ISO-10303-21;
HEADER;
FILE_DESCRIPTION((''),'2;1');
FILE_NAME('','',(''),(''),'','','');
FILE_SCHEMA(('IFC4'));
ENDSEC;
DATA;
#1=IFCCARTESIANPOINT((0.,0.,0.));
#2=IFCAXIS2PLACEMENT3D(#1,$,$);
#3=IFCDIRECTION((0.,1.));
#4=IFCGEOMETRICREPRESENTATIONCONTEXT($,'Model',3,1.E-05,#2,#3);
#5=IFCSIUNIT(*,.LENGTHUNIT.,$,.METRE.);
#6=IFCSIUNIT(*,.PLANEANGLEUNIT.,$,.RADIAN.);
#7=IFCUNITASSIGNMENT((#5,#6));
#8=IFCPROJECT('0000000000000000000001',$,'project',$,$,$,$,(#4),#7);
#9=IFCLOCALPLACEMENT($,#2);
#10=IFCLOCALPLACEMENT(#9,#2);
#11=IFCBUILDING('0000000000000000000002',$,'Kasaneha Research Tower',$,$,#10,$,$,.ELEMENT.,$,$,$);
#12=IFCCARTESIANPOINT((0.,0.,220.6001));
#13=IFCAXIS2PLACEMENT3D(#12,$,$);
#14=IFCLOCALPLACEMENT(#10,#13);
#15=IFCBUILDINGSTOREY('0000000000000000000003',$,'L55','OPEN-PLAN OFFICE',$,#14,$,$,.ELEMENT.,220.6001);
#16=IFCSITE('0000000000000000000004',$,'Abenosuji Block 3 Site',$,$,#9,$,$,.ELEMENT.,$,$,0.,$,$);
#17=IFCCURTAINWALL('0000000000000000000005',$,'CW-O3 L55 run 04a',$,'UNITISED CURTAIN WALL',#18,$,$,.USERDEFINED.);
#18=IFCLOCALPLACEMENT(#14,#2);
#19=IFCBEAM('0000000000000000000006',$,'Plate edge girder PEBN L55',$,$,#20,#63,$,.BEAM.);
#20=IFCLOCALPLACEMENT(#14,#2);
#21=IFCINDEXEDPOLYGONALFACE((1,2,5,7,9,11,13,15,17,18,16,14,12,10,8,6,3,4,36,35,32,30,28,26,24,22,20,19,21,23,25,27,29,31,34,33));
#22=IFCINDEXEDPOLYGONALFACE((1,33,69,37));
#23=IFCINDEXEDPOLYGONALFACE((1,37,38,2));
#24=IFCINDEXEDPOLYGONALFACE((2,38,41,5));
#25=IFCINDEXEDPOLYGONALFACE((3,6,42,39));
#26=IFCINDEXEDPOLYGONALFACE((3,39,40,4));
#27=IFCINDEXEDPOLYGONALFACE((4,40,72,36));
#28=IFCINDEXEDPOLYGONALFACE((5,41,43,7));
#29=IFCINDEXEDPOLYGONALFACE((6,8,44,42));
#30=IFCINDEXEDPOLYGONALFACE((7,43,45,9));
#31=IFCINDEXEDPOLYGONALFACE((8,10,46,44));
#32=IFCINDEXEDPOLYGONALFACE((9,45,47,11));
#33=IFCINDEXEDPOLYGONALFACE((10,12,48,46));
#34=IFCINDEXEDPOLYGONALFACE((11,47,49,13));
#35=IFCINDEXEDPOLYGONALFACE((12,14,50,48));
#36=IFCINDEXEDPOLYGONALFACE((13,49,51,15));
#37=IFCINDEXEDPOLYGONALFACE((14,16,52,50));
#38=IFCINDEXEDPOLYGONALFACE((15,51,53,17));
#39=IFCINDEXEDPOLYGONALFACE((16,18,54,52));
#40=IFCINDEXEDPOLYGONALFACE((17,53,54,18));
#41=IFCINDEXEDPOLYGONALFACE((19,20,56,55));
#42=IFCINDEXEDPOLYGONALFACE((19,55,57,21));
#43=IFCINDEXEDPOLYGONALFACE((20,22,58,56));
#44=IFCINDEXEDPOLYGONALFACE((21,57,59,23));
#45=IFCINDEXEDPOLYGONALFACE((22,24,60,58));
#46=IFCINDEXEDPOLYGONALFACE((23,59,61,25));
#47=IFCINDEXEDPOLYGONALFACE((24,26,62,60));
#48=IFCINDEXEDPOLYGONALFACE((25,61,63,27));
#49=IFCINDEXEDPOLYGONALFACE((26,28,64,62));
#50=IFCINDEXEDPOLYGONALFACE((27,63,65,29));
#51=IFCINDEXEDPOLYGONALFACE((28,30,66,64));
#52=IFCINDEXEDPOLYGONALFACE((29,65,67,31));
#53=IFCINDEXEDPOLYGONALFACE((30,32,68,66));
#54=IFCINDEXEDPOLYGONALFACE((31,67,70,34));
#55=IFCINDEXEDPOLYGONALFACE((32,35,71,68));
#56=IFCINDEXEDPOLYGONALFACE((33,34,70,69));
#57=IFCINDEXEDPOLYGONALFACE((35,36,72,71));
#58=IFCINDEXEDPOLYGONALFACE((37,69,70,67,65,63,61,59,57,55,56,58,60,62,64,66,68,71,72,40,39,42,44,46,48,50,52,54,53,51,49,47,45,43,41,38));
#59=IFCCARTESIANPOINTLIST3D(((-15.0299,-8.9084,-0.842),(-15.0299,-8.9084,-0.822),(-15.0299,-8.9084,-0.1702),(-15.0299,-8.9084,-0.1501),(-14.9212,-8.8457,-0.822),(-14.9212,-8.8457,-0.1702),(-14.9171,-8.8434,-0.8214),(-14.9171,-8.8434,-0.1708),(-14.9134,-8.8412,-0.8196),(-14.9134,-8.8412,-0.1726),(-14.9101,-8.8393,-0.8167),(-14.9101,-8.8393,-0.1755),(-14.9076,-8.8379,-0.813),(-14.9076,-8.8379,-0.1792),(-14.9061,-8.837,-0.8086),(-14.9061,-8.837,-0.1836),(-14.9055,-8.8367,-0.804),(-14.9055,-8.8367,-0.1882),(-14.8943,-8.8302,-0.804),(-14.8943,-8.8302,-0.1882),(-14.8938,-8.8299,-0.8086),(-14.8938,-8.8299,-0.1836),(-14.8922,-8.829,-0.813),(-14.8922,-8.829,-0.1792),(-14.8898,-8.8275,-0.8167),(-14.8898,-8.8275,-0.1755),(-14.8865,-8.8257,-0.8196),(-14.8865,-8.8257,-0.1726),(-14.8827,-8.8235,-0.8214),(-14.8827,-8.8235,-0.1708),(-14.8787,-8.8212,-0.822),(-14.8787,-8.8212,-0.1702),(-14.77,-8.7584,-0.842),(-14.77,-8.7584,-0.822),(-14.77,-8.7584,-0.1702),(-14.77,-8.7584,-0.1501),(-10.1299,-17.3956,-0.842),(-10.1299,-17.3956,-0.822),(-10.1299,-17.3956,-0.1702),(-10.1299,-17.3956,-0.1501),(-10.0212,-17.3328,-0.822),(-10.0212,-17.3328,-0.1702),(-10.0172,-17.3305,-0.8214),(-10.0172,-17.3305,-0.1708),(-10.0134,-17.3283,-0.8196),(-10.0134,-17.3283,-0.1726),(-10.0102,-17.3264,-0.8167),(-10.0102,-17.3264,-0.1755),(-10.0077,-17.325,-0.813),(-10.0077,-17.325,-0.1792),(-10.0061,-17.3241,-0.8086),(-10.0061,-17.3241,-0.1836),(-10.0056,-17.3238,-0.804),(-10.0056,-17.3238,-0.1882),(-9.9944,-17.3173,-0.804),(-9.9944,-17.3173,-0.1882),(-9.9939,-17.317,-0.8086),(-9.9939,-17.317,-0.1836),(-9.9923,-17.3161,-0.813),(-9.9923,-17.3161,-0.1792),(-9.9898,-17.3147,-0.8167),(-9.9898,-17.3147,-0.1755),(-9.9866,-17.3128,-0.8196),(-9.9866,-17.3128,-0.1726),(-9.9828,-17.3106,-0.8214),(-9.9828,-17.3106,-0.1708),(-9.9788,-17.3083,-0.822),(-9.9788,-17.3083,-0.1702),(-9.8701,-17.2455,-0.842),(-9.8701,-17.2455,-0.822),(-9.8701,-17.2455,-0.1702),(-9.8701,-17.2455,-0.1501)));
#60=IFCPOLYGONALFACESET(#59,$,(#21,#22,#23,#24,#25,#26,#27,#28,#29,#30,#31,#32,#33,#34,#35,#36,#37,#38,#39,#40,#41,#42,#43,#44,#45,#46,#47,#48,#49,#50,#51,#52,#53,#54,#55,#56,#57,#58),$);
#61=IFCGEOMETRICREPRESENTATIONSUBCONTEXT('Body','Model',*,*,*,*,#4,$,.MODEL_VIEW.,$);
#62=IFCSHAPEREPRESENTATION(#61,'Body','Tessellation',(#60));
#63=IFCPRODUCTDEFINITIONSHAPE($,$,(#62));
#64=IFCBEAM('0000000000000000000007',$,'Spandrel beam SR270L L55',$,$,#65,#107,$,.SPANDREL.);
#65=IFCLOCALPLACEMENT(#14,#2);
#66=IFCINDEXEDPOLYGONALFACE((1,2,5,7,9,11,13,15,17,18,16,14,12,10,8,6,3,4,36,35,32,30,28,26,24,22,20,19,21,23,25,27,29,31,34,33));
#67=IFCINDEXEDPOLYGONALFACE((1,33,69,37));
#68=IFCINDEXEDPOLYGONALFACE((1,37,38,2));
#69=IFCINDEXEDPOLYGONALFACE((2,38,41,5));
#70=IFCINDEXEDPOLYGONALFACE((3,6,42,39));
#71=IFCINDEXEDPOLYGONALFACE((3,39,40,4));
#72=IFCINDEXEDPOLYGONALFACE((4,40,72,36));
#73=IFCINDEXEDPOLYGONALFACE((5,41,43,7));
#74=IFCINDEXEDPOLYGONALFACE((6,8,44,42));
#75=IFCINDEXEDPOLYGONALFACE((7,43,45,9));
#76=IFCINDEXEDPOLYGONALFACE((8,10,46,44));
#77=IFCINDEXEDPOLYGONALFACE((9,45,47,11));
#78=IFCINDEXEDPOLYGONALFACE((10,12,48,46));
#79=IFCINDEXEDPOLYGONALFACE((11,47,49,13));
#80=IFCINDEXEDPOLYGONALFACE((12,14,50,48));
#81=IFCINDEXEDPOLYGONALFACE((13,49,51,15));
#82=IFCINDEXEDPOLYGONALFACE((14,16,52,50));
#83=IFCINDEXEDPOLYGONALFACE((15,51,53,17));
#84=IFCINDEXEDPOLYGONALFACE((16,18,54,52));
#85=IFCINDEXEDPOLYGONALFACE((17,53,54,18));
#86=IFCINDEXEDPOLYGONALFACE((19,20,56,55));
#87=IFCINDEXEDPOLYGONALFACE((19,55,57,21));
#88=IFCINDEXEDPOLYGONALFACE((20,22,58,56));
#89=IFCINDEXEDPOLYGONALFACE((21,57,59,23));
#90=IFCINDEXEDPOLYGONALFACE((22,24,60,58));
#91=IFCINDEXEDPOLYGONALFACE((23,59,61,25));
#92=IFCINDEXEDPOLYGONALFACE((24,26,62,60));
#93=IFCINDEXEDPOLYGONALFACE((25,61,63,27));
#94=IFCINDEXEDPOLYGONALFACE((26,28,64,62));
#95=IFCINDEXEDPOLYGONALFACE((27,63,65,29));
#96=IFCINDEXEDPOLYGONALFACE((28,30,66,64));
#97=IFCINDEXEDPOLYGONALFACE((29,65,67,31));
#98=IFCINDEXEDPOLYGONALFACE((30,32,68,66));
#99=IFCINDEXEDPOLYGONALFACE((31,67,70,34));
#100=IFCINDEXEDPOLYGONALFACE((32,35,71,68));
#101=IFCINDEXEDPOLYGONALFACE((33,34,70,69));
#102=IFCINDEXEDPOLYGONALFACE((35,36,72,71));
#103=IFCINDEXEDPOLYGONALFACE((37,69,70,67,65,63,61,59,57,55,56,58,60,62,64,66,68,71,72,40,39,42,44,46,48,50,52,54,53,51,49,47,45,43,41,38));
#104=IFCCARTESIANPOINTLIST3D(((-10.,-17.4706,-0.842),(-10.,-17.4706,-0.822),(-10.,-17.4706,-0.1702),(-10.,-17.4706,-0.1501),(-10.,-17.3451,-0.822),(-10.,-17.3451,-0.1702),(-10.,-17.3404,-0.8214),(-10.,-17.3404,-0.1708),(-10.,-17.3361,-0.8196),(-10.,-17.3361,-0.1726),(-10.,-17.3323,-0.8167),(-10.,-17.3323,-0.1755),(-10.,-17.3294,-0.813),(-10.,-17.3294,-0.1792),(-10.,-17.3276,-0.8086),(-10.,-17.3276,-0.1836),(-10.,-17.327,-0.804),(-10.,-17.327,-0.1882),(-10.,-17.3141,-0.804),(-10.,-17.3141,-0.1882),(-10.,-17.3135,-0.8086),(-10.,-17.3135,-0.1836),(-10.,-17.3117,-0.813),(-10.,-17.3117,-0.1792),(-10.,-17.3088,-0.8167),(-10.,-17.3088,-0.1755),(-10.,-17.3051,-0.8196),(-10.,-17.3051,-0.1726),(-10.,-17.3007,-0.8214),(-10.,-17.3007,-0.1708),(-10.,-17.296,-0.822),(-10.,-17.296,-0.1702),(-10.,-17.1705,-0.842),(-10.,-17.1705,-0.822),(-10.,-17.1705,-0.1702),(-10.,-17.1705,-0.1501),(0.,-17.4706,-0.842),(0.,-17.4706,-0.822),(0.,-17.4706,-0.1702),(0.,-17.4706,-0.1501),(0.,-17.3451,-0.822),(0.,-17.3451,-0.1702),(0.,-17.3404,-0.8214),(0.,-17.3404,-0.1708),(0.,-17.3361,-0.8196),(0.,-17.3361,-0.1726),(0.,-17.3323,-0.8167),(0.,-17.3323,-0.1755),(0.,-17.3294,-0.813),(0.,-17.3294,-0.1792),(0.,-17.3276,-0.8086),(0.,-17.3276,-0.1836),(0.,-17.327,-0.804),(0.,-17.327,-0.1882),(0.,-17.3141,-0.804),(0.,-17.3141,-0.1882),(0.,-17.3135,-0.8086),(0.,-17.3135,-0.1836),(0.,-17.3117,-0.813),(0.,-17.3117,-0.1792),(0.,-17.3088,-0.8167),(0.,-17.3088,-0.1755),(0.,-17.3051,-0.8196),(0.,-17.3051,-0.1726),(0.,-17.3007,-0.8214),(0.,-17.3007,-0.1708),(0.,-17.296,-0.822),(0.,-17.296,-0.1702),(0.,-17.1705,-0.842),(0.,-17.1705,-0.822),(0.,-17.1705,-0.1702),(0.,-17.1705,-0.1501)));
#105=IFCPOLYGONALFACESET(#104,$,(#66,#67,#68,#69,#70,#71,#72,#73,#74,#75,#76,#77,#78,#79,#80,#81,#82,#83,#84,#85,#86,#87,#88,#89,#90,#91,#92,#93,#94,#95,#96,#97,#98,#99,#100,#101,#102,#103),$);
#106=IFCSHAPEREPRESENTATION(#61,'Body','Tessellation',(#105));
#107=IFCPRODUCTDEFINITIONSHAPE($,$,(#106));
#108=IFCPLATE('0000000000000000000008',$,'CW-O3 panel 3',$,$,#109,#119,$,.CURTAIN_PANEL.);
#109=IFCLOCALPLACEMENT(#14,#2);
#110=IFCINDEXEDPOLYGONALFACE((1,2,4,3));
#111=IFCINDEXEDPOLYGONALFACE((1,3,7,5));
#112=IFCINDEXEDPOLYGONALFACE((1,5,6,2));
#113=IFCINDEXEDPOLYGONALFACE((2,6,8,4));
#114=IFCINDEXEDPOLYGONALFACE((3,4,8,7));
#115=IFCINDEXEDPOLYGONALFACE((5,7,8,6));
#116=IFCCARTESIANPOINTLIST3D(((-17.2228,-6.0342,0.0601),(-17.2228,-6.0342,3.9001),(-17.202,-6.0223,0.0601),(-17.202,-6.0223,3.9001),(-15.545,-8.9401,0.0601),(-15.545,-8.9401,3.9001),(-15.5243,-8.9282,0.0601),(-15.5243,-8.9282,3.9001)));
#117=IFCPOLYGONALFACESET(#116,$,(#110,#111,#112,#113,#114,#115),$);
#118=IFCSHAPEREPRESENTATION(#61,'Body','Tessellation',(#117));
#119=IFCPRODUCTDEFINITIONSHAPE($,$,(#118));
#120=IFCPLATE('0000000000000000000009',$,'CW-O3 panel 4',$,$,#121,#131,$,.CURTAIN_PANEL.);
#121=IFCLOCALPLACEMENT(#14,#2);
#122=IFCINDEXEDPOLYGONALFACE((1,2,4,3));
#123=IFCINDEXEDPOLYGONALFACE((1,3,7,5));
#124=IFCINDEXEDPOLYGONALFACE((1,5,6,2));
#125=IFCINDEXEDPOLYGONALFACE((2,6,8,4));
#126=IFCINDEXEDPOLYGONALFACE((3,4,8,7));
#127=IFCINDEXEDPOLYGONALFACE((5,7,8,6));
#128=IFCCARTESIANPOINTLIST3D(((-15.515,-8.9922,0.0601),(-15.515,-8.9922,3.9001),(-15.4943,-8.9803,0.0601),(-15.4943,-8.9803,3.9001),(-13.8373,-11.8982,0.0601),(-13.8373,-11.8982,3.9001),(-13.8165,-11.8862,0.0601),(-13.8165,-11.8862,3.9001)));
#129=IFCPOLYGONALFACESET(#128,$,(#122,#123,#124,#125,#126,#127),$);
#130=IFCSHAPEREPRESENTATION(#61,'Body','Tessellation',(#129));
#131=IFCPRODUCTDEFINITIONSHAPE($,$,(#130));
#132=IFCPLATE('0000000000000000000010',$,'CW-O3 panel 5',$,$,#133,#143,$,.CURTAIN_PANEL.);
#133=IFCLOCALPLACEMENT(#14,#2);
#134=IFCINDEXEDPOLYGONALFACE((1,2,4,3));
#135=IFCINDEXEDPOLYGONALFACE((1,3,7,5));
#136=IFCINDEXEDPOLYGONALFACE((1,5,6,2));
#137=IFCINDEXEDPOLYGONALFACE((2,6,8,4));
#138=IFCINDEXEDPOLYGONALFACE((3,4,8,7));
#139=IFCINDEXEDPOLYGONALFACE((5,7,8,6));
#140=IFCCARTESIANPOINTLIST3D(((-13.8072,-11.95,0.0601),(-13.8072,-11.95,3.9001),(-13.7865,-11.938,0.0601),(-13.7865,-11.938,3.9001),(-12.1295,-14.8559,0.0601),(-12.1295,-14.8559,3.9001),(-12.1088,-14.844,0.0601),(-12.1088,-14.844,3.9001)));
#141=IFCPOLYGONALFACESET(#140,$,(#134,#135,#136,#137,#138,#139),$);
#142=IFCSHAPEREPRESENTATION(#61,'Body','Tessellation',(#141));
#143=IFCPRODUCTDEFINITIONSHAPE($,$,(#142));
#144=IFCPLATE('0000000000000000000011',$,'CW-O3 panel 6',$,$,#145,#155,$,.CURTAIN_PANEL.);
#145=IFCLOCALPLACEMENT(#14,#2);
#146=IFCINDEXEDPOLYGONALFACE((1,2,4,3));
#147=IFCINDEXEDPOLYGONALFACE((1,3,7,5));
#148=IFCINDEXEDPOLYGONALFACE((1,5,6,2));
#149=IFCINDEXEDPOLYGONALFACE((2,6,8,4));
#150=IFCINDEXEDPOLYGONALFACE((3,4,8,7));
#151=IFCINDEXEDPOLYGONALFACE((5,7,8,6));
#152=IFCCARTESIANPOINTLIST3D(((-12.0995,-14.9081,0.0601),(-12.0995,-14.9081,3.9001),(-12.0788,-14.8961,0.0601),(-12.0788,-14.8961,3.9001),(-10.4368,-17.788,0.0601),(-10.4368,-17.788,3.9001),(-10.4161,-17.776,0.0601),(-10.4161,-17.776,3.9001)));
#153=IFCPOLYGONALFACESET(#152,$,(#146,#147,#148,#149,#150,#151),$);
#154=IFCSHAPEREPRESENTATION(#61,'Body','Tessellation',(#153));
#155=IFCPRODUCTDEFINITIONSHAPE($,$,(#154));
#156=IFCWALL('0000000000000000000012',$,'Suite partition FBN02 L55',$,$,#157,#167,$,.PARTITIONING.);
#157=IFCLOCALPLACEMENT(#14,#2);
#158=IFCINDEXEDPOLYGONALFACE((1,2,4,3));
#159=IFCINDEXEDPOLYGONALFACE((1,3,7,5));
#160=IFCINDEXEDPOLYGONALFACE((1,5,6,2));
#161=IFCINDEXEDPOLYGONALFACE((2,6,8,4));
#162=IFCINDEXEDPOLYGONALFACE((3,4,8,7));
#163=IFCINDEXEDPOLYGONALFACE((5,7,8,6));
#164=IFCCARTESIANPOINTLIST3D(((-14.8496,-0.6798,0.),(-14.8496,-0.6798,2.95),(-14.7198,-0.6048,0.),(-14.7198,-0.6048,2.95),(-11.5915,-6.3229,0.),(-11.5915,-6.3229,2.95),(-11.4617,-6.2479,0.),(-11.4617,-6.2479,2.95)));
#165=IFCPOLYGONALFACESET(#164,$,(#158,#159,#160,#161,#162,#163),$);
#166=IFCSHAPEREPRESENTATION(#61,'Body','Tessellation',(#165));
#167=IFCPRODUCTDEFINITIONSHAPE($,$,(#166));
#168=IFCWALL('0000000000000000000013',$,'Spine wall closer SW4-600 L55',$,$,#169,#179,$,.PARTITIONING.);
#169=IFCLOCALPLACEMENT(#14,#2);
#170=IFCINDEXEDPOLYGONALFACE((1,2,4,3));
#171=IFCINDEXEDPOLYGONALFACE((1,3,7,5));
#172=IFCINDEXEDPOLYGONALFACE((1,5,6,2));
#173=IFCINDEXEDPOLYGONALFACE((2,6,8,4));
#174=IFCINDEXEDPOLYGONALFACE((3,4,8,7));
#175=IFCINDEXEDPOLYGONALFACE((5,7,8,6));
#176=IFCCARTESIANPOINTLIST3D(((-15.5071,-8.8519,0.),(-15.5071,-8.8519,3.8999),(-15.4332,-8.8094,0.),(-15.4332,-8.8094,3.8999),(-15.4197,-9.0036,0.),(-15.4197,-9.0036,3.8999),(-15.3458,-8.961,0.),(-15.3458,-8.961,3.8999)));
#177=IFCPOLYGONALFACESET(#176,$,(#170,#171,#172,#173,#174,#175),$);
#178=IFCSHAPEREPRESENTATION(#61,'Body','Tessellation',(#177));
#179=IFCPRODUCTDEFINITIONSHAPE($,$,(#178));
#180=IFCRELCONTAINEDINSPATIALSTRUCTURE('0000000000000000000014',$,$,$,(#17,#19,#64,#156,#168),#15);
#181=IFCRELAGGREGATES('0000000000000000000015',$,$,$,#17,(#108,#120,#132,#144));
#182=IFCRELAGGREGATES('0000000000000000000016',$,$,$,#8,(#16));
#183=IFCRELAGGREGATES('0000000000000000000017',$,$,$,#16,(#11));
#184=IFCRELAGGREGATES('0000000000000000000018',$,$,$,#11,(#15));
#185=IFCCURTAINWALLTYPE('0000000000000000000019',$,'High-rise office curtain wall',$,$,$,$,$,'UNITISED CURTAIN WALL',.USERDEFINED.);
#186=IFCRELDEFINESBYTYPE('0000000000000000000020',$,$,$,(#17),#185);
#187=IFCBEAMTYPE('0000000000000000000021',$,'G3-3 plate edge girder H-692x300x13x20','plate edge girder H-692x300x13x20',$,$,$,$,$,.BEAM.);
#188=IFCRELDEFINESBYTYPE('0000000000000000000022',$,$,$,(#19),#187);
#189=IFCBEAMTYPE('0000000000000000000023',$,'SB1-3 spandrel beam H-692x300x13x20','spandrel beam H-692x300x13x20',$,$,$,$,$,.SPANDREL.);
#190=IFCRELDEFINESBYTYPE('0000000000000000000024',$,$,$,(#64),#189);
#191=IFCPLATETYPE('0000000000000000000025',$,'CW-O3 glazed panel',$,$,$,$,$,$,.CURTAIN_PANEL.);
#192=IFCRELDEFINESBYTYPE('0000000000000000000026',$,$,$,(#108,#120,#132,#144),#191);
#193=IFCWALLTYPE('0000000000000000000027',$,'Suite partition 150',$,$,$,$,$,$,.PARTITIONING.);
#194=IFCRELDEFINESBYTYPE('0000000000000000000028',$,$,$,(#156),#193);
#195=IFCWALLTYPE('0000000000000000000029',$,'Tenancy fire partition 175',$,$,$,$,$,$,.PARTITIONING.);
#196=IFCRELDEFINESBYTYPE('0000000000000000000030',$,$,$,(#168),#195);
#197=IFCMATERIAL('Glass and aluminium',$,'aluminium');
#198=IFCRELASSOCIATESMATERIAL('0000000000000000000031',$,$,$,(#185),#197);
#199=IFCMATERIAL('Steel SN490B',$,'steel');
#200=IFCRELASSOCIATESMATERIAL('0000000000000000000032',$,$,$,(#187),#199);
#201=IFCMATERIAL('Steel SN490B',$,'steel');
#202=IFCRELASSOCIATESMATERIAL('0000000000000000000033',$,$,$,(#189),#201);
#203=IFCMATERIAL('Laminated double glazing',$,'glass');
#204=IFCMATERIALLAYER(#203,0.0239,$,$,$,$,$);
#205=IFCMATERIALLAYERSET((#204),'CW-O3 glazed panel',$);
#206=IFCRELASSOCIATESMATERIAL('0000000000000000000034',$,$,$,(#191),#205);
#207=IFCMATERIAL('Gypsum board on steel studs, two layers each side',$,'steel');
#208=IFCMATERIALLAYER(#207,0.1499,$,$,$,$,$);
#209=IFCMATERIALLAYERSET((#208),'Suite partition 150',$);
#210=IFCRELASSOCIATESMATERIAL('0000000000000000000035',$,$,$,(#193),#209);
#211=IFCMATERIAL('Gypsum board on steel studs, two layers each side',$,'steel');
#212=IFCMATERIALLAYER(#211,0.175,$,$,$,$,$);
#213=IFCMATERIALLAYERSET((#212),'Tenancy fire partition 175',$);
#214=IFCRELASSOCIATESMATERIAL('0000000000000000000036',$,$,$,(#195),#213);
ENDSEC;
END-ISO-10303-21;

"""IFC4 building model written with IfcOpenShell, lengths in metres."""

from ifc_helpers import new_model, si_unit, direction, frame, frame_2d, origin, origin_2d, place, context, subcontext, project, spatial, rectangle, i_section, extrude, material, layer, layer_set, material_profile, profile_set, type_object, element, aggregate, save


model = new_model("IFC4")

# Units and contexts
model_context = context("Model", 3, precision=1e-05, world=origin(), true_north=direction((0.0, 1.0)))
body_context = subcontext(model_context, "Body", "Model", "MODEL_VIEW")
ifc_project = project(units=[si_unit("LENGTHUNIT", "METRE"), si_unit("PLANEANGLEUNIT", "RADIAN")], contexts=[model_context])

# Site, building, storey
site_placement = place(None, origin())
site = spatial("IfcSite", under=ifc_project, at=site_placement, Name="Abenosuji Block 3 Site", CompositionType="ELEMENT", RefElevation=0.0)
building_placement = place(site_placement, origin())
building = spatial("IfcBuilding", under=site, at=building_placement, Name="Kasaneha Research Tower", CompositionType="ELEMENT")
storey_placement = place(building_placement, frame((0.0, 0.0, 220.6001)))
storey = spatial("IfcBuildingStorey", under=building, at=storey_placement, Name="L55", Description="OPEN-PLAN OFFICE", CompositionType="ELEMENT", Elevation=220.6001)

# Curtain wall
ifc_material_1 = material(Name="Glass and aluminium", Category="aluminium")
curtain_wall_type = type_object("IfcCurtainWallType", Name="High-rise office curtain wall", ElementType="UNITISED CURTAIN WALL", PredefinedType="USERDEFINED", material=ifc_material_1)
curtain_wall_1_placement = place(storey_placement, origin())
curtain_wall_1 = element("IfcCurtainWall", 1, at=curtain_wall_1_placement, inside=storey, type_object=curtain_wall_type, Name="CW-O3 L55 run 04a", ObjectType="UNITISED CURTAIN WALL", PredefinedType="USERDEFINED")

# Beams
ifc_material_2 = material(Name="Steel SN490B", Category="steel")
ifc_material_profile_1 = material_profile(ifc_material_2, i_section(OverallWidth=0.3, OverallDepth=0.6919, WebThickness=0.0129, FlangeThickness=0.02, FilletRadius=0.0181, at=origin_2d()), Name="H-692x300x13x20")
ifc_profile_set_1 = profile_set([ifc_material_profile_1], Name="Steel SN490B")
beam_type_1 = type_object("IfcBeamType", Name="G3-3 plate edge girder H-692x300x13x20", Description="plate edge girder H-692x300x13x20", PredefinedType="BEAM", material=ifc_profile_set_1)
beam_1_placement = place(storey_placement, frame((-10.0, -17.3206, -0.4961), z_axis=(-0.499992, 0.86603, 0.0), x_axis=(-0.86603, -0.499992, 0.0)))
element("IfcBeam", 2, at=beam_1_placement, inside=storey, type_object=beam_type_1, Name="Plate edge girder PEBN L55", PredefinedType="BEAM", context=body_context, shape_type="SweptSolid", body=[
    extrude(i_section(OverallWidth=0.3, OverallDepth=0.6919, WebThickness=0.0129, FlangeThickness=0.02, FilletRadius=0.0181, at=origin_2d()), origin(), (0.0, 0.0, 1.0), 9.8),
])
ifc_material_3 = material(Name="Steel SN490B", Category="steel")
ifc_material_profile_2 = material_profile(ifc_material_3, i_section(OverallWidth=0.3, OverallDepth=0.6919, WebThickness=0.0129, FlangeThickness=0.02, FilletRadius=0.0181, at=origin_2d()), Name="H-692x300x13x20")
ifc_profile_set_2 = profile_set([ifc_material_profile_2], Name="Steel SN490B")
beam_type_2 = type_object("IfcBeamType", Name="SB1-3 spandrel beam H-692x300x13x20", Description="spandrel beam H-692x300x13x20", PredefinedType="SPANDREL", material=ifc_profile_set_2)
beam_2_placement = place(storey_placement, frame((-10.0, -17.3206, -0.4961), z_axis=(1.0, 0.0, 0.0), x_axis=(0.0, 1.0, 0.0)))
element("IfcBeam", 3, at=beam_2_placement, inside=storey, type_object=beam_type_2, Name="Spandrel beam SR270L L55", PredefinedType="SPANDREL", context=body_context, shape_type="SweptSolid", body=[
    extrude(i_section(OverallWidth=0.3, OverallDepth=0.6919, WebThickness=0.0129, FlangeThickness=0.02, FilletRadius=0.0181, at=origin_2d()), origin(), (0.0, 0.0, 1.0), 10.0),
])

# Plates
ifc_material_4 = material(Name="Laminated double glazing", Category="glass")
ifc_layer_1 = layer(ifc_material_4, 0.0239)
ifc_layer_set_1 = layer_set([ifc_layer_1], Name="CW-O3 glazed panel")
plate_type = type_object("IfcPlateType", Name="CW-O3 glazed panel", PredefinedType="CURTAIN_PANEL", material=ifc_layer_set_1)
plate_1_placement = place(storey_placement, frame((-16.3735, -7.4812, 0.0601), z_axis=(0.0, 0.0, 1.0), x_axis=(0.5, -0.866025, 0.0)))
plate_1 = element("IfcPlate", 4, at=plate_1_placement, type_object=plate_type, Name="CW-O3 panel 3", PredefinedType="CURTAIN_PANEL", context=body_context, shape_type="SweptSolid", body=[
    extrude(rectangle(XDim=3.3555, YDim=0.0239, at=origin_2d()), origin(), (0.0, 0.0, 1.0), 3.8401),
])
plate_2_placement = place(storey_placement, frame((-14.6658, -10.4392, 0.0601), z_axis=(0.0, 0.0, 1.0), x_axis=(0.5, -0.866025, 0.0)))
plate_2 = element("IfcPlate", 5, at=plate_2_placement, type_object=plate_type, Name="CW-O3 panel 4", PredefinedType="CURTAIN_PANEL", context=body_context, shape_type="SweptSolid", body=[
    extrude(rectangle(XDim=3.3555, YDim=0.0239, at=origin_2d()), origin(), (0.0, 0.0, 1.0), 3.8401),
])
plate_3_placement = place(storey_placement, frame((-12.958, -13.397, 0.0601), z_axis=(0.0, 0.0, 1.0), x_axis=(0.5, -0.866025, 0.0)))
plate_3 = element("IfcPlate", 6, at=plate_3_placement, type_object=plate_type, Name="CW-O3 panel 5", PredefinedType="CURTAIN_PANEL", context=body_context, shape_type="SweptSolid", body=[
    extrude(rectangle(XDim=3.3555, YDim=0.0239, at=origin_2d()), origin(), (0.0, 0.0, 1.0), 3.8401),
])
plate_4_placement = place(storey_placement, frame((-11.2578, -16.342, 0.0601), z_axis=(0.0, 0.0, 1.0), x_axis=(0.5, -0.866025, 0.0)))
plate_4 = element("IfcPlate", 7, at=plate_4_placement, type_object=plate_type, Name="CW-O3 panel 6", PredefinedType="CURTAIN_PANEL", context=body_context, shape_type="SweptSolid", body=[
    extrude(rectangle(XDim=3.3254, YDim=0.0239, at=origin_2d()), origin(), (0.0, 0.0, 1.0), 3.8401),
])
aggregate(curtain_wall_1, [plate_1, plate_2, plate_3, plate_4])

# Walls
ifc_material_5 = material(Name="Gypsum board on steel studs, two layers each side", Category="steel")
ifc_layer_2 = layer(ifc_material_5, 0.1499)
ifc_layer_set_2 = layer_set([ifc_layer_2], Name="Suite partition 150")
wall_type_1 = type_object("IfcWallType", Name="Suite partition 150", PredefinedType="PARTITIONING", material=ifc_layer_set_2)
wall_1_placement = place(storey_placement, frame((-11.5266, -6.2854, 0.0), z_axis=(0.0, 0.0, 1.0), x_axis=(-0.500004, 0.866023, 0.0)))
element("IfcWall", 8, at=wall_1_placement, inside=storey, type_object=wall_type_1, Name="Suite partition FBN02 L55", PredefinedType="PARTITIONING", context=body_context, shape_type="SweptSolid", body=[
    extrude(rectangle(XDim=6.5161, YDim=0.1499, at=frame_2d((3.2581, 0.0))), origin(), (0.0, 0.0, 1.0), 2.95),
])
ifc_material_6 = material(Name="Gypsum board on steel studs, two layers each side", Category="steel")
ifc_layer_3 = layer(ifc_material_6, 0.175)
ifc_layer_set_3 = layer_set([ifc_layer_3], Name="Tenancy fire partition 175")
wall_type_2 = type_object("IfcWallType", Name="Tenancy fire partition 175", PredefinedType="PARTITIONING", material=ifc_layer_set_3)
wall_2_placement = place(storey_placement, frame((-15.3896, -8.8853, 0.0), z_axis=(0.0, 0.0, 1.0), x_axis=(-0.866472, -0.499226, 0.0)))
element("IfcWall", 9, at=wall_2_placement, inside=storey, type_object=wall_type_2, Name="Spine wall closer SW4-600 L55", PredefinedType="PARTITIONING", context=body_context, shape_type="SweptSolid", body=[
    extrude(rectangle(XDim=0.0852, YDim=0.175, at=frame_2d((0.0425, 0.0))), origin(), (0.0, 0.0, 1.0), 3.8999),
])

save(model, "model.ifc")
